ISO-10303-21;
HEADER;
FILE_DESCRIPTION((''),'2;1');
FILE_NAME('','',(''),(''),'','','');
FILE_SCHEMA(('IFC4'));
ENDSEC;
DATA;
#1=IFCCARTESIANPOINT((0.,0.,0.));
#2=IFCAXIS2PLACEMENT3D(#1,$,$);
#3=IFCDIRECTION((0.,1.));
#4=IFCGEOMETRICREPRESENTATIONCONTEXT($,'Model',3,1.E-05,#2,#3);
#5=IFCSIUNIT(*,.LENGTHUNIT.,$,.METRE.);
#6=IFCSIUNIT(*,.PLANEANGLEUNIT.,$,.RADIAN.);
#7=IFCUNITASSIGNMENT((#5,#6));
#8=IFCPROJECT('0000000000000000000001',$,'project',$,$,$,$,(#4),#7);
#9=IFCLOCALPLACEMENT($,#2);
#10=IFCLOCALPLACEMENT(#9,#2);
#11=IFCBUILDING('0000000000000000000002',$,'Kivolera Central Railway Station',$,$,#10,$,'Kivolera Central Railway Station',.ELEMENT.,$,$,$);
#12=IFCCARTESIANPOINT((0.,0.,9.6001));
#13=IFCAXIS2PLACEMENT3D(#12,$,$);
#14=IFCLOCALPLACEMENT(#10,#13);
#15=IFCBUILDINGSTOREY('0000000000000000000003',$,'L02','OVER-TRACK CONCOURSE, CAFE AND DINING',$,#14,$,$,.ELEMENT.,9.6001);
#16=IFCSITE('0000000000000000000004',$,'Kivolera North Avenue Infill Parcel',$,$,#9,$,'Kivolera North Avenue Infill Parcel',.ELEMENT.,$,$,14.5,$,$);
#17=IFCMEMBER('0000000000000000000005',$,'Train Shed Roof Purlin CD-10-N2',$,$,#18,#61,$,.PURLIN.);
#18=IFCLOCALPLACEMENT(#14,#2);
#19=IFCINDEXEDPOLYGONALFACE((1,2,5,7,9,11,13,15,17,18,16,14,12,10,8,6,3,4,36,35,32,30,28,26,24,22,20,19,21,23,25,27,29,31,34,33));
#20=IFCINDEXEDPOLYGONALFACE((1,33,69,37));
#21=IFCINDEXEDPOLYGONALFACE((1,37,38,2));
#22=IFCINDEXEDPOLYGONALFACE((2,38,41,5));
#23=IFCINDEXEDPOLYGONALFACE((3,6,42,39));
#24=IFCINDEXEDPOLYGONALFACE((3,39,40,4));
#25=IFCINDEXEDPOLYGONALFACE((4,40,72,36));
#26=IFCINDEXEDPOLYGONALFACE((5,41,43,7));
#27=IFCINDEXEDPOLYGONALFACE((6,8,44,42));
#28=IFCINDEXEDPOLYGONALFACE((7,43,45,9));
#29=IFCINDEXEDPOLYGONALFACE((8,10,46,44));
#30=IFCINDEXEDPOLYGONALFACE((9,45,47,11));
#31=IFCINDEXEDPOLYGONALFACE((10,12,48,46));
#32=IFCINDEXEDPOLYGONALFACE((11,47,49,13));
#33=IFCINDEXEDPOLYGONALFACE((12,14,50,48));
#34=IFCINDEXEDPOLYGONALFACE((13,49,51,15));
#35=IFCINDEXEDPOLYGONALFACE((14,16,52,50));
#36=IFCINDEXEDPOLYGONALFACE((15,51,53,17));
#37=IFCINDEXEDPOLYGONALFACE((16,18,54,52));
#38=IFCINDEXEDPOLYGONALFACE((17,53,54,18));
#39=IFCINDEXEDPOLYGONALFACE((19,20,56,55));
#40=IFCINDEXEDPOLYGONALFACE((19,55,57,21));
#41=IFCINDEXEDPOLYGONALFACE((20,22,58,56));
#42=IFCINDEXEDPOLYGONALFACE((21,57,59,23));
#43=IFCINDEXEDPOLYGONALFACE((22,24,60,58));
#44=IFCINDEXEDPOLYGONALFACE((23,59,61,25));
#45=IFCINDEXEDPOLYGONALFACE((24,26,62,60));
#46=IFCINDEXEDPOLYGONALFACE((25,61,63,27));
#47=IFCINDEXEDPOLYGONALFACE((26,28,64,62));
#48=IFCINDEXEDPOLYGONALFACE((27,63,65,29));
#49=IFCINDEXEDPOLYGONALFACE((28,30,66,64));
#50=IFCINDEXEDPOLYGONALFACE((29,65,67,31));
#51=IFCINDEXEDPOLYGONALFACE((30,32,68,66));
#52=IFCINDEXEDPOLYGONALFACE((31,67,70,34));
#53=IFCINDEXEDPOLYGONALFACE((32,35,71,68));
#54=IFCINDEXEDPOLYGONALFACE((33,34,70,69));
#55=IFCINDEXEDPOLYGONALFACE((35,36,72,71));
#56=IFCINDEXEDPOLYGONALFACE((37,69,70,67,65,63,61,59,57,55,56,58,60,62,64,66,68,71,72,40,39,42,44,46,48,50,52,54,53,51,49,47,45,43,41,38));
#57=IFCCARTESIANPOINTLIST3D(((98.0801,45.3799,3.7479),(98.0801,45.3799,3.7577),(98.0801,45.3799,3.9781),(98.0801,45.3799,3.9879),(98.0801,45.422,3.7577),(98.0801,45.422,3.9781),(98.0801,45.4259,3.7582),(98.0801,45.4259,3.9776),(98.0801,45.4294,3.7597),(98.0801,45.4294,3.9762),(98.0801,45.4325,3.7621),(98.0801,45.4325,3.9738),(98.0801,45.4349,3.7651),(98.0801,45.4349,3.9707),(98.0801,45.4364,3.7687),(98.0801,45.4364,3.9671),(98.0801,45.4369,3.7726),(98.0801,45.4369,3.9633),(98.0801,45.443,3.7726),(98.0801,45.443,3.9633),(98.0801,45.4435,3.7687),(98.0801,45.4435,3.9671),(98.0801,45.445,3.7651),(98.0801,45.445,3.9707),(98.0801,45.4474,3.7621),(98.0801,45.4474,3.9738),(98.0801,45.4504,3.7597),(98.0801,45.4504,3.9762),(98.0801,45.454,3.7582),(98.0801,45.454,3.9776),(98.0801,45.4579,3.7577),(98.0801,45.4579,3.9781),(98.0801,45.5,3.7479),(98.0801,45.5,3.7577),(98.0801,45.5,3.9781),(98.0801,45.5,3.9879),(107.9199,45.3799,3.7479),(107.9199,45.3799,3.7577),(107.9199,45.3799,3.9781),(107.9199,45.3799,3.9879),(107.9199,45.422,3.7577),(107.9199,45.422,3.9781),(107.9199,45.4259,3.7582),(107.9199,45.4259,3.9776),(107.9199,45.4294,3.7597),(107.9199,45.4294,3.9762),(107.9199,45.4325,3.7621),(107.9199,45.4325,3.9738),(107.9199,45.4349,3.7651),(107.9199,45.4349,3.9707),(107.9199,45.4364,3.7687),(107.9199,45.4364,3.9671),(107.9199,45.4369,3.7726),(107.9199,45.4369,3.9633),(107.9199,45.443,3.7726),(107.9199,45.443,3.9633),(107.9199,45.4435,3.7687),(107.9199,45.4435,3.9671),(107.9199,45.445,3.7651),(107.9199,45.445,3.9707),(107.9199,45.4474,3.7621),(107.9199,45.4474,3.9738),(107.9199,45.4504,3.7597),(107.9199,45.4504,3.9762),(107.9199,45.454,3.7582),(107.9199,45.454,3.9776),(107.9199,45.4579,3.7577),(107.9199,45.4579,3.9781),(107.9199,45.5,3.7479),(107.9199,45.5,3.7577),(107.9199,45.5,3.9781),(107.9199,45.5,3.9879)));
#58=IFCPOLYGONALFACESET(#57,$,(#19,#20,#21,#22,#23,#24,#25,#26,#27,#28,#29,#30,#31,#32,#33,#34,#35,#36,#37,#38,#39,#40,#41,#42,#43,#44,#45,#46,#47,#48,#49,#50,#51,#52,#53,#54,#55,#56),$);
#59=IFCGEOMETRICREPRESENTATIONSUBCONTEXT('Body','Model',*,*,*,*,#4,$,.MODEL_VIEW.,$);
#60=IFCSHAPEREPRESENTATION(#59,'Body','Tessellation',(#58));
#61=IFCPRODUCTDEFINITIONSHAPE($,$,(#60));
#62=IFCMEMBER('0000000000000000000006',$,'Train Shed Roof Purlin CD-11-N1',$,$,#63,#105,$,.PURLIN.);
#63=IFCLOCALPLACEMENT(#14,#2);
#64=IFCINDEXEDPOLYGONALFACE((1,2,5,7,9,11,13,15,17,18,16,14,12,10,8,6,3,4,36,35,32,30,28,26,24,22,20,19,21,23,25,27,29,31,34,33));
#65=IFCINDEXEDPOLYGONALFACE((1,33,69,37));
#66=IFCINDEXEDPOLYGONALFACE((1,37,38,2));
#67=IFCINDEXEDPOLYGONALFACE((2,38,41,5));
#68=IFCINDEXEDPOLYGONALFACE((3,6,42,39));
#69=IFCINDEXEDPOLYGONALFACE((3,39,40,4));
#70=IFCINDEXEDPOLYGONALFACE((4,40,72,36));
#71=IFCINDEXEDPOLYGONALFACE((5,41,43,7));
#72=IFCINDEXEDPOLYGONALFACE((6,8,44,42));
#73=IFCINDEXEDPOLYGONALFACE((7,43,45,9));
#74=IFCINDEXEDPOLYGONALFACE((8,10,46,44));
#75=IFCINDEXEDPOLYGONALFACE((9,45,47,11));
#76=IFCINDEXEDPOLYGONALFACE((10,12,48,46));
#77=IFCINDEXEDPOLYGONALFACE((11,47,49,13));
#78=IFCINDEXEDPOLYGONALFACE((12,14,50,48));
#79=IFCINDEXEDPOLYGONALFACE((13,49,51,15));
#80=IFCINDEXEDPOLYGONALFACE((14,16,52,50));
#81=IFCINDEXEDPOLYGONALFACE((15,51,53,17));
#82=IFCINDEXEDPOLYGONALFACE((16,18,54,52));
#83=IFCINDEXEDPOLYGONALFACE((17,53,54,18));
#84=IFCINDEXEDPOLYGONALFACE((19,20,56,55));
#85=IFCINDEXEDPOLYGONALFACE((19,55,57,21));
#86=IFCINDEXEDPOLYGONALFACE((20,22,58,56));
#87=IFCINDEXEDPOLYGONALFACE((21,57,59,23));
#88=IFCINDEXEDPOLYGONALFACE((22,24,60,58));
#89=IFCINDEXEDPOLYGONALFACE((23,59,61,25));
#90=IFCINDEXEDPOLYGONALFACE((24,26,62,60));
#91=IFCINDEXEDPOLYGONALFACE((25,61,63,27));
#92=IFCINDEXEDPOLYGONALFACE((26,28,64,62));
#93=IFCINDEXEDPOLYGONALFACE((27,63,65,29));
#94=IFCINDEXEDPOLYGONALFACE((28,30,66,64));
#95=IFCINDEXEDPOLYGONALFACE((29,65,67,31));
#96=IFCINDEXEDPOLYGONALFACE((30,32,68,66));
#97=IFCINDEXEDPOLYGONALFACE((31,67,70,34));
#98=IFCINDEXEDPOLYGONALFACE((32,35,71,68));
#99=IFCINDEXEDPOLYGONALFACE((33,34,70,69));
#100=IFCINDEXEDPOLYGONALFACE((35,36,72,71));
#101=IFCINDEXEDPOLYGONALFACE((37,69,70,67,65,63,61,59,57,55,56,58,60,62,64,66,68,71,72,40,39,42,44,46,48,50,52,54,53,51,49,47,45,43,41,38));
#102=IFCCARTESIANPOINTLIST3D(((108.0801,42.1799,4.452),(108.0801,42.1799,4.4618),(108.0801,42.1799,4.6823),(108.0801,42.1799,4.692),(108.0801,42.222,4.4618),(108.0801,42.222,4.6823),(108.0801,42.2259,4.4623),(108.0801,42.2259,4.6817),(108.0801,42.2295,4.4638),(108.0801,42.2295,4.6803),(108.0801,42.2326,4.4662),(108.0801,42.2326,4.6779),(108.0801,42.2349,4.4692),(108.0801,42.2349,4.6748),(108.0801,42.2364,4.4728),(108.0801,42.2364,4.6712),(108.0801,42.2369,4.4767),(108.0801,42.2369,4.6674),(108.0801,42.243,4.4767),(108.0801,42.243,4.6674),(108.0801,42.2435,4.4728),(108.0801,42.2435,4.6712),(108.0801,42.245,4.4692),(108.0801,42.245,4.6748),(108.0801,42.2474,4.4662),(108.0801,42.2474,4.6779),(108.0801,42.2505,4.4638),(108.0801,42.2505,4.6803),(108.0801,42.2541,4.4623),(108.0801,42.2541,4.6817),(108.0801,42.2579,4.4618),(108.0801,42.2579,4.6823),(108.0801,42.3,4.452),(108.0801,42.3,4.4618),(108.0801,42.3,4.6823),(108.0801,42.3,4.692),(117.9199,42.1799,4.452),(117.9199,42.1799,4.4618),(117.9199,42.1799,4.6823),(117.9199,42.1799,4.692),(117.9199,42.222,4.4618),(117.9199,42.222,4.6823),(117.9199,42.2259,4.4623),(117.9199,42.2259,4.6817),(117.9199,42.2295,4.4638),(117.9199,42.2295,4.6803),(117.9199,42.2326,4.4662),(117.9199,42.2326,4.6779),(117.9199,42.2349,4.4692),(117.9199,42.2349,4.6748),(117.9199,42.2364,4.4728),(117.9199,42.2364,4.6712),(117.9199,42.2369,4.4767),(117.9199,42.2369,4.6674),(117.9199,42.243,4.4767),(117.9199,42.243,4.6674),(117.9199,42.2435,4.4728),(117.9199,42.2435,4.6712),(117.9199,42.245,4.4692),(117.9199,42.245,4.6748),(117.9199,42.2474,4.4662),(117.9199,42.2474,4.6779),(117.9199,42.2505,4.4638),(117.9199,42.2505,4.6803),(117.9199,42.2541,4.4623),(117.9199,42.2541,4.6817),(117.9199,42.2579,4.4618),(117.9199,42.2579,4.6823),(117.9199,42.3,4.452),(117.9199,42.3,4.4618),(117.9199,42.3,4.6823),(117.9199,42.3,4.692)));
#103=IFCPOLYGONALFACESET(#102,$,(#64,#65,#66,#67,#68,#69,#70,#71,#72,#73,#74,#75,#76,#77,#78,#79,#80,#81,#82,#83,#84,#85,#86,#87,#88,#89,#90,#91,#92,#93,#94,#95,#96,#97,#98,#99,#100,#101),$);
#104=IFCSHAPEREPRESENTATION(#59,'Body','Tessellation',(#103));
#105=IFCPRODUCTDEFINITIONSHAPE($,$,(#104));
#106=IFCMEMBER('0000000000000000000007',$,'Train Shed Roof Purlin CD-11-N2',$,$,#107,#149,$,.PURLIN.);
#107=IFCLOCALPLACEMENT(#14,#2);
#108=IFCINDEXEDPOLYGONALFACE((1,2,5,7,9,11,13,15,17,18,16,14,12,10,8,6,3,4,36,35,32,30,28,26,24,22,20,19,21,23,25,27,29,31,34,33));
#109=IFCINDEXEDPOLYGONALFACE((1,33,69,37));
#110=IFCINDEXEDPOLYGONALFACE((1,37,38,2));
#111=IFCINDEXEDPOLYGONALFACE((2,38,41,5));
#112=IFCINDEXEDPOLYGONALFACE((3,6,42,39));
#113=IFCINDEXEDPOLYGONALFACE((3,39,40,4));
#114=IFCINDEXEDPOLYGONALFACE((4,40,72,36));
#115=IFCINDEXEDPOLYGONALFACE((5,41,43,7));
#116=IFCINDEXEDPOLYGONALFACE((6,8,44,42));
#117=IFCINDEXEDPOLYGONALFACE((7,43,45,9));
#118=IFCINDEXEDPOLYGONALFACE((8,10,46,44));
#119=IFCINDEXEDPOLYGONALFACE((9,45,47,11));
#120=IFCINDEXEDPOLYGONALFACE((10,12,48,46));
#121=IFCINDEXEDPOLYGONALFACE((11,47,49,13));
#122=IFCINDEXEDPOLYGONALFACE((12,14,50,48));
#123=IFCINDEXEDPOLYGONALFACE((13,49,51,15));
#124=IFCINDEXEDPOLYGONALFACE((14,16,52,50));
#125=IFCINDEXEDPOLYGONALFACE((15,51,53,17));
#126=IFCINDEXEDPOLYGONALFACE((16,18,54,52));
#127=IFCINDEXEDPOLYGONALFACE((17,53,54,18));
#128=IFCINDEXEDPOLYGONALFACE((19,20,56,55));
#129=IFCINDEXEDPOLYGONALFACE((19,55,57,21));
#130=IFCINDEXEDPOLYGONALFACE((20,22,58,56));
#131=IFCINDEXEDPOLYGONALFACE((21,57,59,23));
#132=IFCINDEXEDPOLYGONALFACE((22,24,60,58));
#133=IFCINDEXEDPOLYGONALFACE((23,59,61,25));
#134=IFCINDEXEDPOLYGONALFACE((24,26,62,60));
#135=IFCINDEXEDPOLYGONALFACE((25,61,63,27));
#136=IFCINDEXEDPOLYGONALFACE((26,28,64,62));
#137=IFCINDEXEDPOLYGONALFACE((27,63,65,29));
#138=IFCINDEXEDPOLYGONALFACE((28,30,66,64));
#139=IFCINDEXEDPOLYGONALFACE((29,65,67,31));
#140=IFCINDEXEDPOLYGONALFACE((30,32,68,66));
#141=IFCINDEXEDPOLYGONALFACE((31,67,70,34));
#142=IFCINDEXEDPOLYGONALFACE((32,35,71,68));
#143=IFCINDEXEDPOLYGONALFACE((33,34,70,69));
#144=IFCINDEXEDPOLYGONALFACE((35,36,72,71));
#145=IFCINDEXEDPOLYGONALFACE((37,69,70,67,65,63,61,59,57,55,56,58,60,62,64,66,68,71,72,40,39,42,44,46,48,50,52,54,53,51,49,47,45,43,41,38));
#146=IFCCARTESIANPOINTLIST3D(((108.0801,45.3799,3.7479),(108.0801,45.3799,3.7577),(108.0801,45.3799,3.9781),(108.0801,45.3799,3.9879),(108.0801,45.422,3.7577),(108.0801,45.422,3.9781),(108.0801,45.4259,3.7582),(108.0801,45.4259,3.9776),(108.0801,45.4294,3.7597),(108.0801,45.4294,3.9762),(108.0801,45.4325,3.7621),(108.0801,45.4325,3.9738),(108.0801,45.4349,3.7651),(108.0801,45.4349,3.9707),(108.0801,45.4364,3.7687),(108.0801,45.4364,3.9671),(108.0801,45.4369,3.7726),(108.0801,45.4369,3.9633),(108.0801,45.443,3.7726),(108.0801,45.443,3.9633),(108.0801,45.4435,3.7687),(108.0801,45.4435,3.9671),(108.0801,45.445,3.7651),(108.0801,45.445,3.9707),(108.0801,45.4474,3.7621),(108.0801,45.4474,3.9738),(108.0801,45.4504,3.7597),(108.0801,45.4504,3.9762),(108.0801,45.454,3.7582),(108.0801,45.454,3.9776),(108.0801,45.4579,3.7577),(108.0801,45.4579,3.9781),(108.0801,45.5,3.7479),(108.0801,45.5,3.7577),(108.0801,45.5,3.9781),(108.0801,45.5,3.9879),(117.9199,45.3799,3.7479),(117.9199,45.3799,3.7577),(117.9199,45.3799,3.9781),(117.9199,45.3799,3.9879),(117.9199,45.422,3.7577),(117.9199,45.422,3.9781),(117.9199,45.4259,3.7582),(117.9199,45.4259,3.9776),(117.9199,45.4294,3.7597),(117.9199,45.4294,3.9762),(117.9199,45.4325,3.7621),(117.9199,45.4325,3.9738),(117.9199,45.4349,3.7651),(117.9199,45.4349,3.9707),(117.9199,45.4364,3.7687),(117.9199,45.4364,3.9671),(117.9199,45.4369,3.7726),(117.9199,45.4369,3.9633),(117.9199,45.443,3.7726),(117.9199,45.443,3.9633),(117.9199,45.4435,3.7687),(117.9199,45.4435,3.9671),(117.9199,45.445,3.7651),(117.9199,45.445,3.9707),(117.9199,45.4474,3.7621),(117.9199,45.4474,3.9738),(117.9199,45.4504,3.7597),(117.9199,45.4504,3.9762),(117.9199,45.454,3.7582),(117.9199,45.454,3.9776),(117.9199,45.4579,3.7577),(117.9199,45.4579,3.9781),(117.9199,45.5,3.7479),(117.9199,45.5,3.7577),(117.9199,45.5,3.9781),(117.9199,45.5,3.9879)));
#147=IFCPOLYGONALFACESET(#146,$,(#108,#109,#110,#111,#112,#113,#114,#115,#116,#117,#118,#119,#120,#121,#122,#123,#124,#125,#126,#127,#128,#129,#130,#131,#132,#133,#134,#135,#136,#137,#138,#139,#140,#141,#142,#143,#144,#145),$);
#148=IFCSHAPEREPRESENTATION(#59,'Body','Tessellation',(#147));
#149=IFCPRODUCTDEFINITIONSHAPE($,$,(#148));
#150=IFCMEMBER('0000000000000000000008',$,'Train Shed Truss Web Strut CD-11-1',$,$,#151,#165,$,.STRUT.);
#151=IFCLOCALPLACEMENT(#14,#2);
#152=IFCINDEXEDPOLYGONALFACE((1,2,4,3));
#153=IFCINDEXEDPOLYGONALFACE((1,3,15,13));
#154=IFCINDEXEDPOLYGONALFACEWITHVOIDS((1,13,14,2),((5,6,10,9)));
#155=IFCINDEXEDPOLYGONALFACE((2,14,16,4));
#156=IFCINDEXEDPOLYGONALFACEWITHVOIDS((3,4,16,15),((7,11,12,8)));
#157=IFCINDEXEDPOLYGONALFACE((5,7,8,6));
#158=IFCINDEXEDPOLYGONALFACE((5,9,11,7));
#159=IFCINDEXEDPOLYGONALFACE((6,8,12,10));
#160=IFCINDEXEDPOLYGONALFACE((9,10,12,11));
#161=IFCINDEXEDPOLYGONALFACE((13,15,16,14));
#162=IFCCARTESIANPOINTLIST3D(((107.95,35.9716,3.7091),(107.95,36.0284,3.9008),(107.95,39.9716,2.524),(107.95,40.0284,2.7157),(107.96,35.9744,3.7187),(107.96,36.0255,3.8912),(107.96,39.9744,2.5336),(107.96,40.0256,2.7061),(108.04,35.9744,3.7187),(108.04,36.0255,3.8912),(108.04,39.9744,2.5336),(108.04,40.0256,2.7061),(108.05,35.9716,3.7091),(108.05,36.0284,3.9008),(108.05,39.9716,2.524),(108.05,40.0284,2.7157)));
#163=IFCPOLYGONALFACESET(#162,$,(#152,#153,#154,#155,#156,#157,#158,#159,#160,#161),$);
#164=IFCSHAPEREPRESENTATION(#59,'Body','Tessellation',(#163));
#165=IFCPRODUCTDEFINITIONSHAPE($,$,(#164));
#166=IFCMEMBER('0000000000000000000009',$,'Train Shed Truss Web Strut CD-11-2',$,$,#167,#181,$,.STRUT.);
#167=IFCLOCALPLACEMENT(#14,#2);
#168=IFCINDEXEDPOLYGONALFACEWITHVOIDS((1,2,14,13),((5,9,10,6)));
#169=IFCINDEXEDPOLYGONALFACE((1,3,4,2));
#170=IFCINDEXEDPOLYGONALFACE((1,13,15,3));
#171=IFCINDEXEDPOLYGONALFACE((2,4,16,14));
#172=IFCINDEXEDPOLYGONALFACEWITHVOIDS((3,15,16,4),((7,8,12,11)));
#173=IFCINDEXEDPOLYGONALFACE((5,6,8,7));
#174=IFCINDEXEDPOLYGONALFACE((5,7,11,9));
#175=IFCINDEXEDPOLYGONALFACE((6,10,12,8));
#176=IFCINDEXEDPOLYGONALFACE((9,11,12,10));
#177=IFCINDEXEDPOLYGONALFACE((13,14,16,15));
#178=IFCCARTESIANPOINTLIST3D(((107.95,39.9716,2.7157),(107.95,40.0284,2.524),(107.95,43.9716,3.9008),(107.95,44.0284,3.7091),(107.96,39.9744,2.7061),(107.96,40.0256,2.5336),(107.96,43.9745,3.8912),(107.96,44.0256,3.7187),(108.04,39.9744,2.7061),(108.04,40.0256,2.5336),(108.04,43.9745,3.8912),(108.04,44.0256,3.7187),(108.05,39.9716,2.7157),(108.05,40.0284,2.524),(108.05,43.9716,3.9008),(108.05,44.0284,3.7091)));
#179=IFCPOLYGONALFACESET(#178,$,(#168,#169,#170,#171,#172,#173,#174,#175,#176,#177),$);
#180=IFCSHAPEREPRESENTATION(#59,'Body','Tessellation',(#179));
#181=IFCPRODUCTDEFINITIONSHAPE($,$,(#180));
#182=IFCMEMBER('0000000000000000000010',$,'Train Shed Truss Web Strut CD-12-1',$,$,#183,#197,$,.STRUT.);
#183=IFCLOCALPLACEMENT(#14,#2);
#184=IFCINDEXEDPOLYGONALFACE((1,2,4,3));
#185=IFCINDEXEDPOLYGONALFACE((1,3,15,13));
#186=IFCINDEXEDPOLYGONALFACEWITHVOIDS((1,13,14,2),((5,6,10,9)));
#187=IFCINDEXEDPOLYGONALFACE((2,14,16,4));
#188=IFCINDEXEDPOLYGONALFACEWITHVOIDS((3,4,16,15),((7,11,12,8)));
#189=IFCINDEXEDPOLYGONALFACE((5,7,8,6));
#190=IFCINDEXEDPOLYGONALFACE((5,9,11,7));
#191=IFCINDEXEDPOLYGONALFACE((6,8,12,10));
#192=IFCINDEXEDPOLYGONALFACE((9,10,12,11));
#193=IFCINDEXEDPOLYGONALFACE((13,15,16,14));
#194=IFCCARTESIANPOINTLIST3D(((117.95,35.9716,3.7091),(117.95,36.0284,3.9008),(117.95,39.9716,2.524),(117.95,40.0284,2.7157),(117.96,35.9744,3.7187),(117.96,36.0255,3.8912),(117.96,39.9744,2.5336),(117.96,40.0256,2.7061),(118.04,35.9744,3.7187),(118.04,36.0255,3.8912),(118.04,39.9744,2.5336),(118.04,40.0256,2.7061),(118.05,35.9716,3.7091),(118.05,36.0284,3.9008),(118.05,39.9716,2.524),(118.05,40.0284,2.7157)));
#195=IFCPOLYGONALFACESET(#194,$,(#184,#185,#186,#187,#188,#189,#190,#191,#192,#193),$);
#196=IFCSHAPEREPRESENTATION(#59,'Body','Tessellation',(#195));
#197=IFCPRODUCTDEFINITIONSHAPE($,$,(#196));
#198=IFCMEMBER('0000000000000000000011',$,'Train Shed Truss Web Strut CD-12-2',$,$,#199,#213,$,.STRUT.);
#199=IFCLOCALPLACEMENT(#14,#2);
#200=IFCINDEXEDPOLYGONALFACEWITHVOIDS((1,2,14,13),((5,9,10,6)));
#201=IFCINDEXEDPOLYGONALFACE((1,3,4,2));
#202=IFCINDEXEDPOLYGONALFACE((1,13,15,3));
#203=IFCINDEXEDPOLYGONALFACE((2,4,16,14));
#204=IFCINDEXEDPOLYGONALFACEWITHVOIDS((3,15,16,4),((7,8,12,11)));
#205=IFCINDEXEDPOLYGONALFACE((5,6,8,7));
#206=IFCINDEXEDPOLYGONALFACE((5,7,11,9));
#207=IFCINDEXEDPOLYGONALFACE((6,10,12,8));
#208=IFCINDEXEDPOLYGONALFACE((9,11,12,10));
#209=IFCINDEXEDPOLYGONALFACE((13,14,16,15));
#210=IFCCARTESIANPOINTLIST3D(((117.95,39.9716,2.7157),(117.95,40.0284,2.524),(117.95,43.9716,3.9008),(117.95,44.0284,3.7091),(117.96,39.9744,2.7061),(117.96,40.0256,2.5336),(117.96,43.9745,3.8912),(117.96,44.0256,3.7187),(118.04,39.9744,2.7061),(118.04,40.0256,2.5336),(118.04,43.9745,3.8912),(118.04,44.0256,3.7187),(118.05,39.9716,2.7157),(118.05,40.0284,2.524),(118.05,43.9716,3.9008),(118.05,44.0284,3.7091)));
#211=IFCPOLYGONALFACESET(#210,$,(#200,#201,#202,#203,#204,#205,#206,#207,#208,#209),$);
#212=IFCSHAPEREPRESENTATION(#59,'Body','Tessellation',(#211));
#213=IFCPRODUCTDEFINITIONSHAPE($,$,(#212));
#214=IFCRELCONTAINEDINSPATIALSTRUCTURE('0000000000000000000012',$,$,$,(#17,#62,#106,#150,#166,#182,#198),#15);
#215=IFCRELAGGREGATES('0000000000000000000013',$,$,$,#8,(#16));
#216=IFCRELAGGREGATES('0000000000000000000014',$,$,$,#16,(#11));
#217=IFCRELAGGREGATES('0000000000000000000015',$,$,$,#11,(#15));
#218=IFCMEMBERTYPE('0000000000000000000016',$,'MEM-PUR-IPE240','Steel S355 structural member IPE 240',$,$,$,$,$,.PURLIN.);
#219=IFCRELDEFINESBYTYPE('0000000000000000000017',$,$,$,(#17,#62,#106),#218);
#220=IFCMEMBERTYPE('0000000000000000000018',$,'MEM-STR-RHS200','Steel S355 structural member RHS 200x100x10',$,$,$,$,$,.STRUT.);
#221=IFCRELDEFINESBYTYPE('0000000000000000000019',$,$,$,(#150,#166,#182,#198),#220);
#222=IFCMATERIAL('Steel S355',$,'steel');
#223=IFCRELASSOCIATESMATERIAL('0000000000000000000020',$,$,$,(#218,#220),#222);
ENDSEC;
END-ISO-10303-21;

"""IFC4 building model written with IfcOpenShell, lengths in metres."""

from ifc_helpers import new_model, si_unit, direction, frame, origin, origin_2d, place, context, subcontext, project, spatial, hollow_rectangle, i_section, extrude, material, material_profile, profile_set, type_object, element, save


model = new_model("IFC4")

# Units and contexts
model_context = context("Model", 3, precision=1e-05, world=origin(), true_north=direction((0.0, 1.0)))
body_context = subcontext(model_context, "Body", "Model", "MODEL_VIEW")
ifc_project = project(units=[si_unit("LENGTHUNIT", "METRE"), si_unit("PLANEANGLEUNIT", "RADIAN")], contexts=[model_context])

# Site, building, storey
site_placement = place(None, origin())
site = spatial("IfcSite", under=ifc_project, at=site_placement, Name="Kivolera North Avenue Infill Parcel", LongName="Kivolera North Avenue Infill Parcel", CompositionType="ELEMENT", RefElevation=14.5)
building_placement = place(site_placement, origin())
building = spatial("IfcBuilding", under=site, at=building_placement, Name="Kivolera Central Railway Station", LongName="Kivolera Central Railway Station", CompositionType="ELEMENT")
storey_placement = place(building_placement, frame((0.0, 0.0, 9.6001)))
storey = spatial("IfcBuildingStorey", under=building, at=storey_placement, Name="L02", Description="OVER-TRACK CONCOURSE, CAFE AND DINING", CompositionType="ELEMENT", Elevation=9.6001)

# Shared definitions
ifc_material_1 = material(Name="Steel S355", Category="steel")

# Members
ifc_material_profile_1 = material_profile(ifc_material_1, i_section(OverallWidth=0.1201, OverallDepth=0.24, WebThickness=0.0061, FlangeThickness=0.0098, FilletRadius=0.0149, at=origin_2d()), Name="IPE 240")
ifc_profile_set_1 = profile_set([ifc_material_profile_1], Name="Steel S355")
member_type_1 = type_object("IfcMemberType", Name="MEM-PUR-IPE240", Description="Steel S355 structural member IPE 240", PredefinedType="PURLIN", material=ifc_profile_set_1)
for number, where, z_axis, x_axis, name in (
    (1, (98.0801, 45.4399, 3.8679), (1.0, 0.0, 0.0), (0.0, 1.0, 0.0), "Train Shed Roof Purlin CD-10-N2"),
    (2, (108.0801, 42.24, 4.572), (1.0, 0.0, 0.0), (0.0, 1.0, 0.0), "Train Shed Roof Purlin CD-11-N1"),
    (3, (108.0801, 45.4399, 3.8679), (1.0, 0.0, 0.0), (0.0, 1.0, 0.0), "Train Shed Roof Purlin CD-11-N2"),
):
    element("IfcMember", number, at=place(storey_placement, frame(where, z_axis=z_axis, x_axis=x_axis)), inside=storey, type_object=member_type_1, Name=name, PredefinedType="PURLIN", context=body_context, shape_type="SweptSolid", body=[
        extrude(i_section(OverallWidth=0.1201, OverallDepth=0.24, WebThickness=0.0061, FlangeThickness=0.0098, FilletRadius=0.0149, at=origin_2d()), origin(), (0.0, 0.0, 1.0), 9.8398),
    ])
ifc_material_profile_2 = material_profile(ifc_material_1, hollow_rectangle(XDim=0.1001, YDim=0.2, WallThickness=0.01, at=origin_2d()), Name="RHS 200x100x10")
ifc_profile_set_2 = profile_set([ifc_material_profile_2], Name="Steel S355")
member_type_2 = type_object("IfcMemberType", Name="MEM-STR-RHS200", Description="Steel S355 structural member RHS 200x100x10", PredefinedType="STRUT", material=ifc_profile_set_2)
for number, where, z_axis, x_axis, name in (
    (4, (108.0, 40.0, 2.6199), (0.0, -0.958806, 0.28406), (1.0, 0.0, 0.0), "Train Shed Truss Web Strut CD-11-1"),
    (5, (108.0, 40.0, 2.6199), (0.0, 0.958806, 0.28406), (-1.0, 0.0, 0.0), "Train Shed Truss Web Strut CD-11-2"),
    (6, (118.0, 40.0, 2.6199), (0.0, -0.958806, 0.28406), (1.0, 0.0, 0.0), "Train Shed Truss Web Strut CD-12-1"),
    (7, (118.0, 40.0, 2.6199), (0.0, 0.958806, 0.28406), (-1.0, 0.0, 0.0), "Train Shed Truss Web Strut CD-12-2"),
):
    element("IfcMember", number, at=place(storey_placement, frame(where, z_axis=z_axis, x_axis=x_axis)), inside=storey, type_object=member_type_2, Name=name, PredefinedType="STRUT", context=body_context, shape_type="SweptSolid", body=[
        extrude(hollow_rectangle(XDim=0.1001, YDim=0.2, WallThickness=0.01, at=origin_2d()), origin(), (0.0, 0.0, 1.0), 4.1719),
    ])

save(model, "model.ifc")
